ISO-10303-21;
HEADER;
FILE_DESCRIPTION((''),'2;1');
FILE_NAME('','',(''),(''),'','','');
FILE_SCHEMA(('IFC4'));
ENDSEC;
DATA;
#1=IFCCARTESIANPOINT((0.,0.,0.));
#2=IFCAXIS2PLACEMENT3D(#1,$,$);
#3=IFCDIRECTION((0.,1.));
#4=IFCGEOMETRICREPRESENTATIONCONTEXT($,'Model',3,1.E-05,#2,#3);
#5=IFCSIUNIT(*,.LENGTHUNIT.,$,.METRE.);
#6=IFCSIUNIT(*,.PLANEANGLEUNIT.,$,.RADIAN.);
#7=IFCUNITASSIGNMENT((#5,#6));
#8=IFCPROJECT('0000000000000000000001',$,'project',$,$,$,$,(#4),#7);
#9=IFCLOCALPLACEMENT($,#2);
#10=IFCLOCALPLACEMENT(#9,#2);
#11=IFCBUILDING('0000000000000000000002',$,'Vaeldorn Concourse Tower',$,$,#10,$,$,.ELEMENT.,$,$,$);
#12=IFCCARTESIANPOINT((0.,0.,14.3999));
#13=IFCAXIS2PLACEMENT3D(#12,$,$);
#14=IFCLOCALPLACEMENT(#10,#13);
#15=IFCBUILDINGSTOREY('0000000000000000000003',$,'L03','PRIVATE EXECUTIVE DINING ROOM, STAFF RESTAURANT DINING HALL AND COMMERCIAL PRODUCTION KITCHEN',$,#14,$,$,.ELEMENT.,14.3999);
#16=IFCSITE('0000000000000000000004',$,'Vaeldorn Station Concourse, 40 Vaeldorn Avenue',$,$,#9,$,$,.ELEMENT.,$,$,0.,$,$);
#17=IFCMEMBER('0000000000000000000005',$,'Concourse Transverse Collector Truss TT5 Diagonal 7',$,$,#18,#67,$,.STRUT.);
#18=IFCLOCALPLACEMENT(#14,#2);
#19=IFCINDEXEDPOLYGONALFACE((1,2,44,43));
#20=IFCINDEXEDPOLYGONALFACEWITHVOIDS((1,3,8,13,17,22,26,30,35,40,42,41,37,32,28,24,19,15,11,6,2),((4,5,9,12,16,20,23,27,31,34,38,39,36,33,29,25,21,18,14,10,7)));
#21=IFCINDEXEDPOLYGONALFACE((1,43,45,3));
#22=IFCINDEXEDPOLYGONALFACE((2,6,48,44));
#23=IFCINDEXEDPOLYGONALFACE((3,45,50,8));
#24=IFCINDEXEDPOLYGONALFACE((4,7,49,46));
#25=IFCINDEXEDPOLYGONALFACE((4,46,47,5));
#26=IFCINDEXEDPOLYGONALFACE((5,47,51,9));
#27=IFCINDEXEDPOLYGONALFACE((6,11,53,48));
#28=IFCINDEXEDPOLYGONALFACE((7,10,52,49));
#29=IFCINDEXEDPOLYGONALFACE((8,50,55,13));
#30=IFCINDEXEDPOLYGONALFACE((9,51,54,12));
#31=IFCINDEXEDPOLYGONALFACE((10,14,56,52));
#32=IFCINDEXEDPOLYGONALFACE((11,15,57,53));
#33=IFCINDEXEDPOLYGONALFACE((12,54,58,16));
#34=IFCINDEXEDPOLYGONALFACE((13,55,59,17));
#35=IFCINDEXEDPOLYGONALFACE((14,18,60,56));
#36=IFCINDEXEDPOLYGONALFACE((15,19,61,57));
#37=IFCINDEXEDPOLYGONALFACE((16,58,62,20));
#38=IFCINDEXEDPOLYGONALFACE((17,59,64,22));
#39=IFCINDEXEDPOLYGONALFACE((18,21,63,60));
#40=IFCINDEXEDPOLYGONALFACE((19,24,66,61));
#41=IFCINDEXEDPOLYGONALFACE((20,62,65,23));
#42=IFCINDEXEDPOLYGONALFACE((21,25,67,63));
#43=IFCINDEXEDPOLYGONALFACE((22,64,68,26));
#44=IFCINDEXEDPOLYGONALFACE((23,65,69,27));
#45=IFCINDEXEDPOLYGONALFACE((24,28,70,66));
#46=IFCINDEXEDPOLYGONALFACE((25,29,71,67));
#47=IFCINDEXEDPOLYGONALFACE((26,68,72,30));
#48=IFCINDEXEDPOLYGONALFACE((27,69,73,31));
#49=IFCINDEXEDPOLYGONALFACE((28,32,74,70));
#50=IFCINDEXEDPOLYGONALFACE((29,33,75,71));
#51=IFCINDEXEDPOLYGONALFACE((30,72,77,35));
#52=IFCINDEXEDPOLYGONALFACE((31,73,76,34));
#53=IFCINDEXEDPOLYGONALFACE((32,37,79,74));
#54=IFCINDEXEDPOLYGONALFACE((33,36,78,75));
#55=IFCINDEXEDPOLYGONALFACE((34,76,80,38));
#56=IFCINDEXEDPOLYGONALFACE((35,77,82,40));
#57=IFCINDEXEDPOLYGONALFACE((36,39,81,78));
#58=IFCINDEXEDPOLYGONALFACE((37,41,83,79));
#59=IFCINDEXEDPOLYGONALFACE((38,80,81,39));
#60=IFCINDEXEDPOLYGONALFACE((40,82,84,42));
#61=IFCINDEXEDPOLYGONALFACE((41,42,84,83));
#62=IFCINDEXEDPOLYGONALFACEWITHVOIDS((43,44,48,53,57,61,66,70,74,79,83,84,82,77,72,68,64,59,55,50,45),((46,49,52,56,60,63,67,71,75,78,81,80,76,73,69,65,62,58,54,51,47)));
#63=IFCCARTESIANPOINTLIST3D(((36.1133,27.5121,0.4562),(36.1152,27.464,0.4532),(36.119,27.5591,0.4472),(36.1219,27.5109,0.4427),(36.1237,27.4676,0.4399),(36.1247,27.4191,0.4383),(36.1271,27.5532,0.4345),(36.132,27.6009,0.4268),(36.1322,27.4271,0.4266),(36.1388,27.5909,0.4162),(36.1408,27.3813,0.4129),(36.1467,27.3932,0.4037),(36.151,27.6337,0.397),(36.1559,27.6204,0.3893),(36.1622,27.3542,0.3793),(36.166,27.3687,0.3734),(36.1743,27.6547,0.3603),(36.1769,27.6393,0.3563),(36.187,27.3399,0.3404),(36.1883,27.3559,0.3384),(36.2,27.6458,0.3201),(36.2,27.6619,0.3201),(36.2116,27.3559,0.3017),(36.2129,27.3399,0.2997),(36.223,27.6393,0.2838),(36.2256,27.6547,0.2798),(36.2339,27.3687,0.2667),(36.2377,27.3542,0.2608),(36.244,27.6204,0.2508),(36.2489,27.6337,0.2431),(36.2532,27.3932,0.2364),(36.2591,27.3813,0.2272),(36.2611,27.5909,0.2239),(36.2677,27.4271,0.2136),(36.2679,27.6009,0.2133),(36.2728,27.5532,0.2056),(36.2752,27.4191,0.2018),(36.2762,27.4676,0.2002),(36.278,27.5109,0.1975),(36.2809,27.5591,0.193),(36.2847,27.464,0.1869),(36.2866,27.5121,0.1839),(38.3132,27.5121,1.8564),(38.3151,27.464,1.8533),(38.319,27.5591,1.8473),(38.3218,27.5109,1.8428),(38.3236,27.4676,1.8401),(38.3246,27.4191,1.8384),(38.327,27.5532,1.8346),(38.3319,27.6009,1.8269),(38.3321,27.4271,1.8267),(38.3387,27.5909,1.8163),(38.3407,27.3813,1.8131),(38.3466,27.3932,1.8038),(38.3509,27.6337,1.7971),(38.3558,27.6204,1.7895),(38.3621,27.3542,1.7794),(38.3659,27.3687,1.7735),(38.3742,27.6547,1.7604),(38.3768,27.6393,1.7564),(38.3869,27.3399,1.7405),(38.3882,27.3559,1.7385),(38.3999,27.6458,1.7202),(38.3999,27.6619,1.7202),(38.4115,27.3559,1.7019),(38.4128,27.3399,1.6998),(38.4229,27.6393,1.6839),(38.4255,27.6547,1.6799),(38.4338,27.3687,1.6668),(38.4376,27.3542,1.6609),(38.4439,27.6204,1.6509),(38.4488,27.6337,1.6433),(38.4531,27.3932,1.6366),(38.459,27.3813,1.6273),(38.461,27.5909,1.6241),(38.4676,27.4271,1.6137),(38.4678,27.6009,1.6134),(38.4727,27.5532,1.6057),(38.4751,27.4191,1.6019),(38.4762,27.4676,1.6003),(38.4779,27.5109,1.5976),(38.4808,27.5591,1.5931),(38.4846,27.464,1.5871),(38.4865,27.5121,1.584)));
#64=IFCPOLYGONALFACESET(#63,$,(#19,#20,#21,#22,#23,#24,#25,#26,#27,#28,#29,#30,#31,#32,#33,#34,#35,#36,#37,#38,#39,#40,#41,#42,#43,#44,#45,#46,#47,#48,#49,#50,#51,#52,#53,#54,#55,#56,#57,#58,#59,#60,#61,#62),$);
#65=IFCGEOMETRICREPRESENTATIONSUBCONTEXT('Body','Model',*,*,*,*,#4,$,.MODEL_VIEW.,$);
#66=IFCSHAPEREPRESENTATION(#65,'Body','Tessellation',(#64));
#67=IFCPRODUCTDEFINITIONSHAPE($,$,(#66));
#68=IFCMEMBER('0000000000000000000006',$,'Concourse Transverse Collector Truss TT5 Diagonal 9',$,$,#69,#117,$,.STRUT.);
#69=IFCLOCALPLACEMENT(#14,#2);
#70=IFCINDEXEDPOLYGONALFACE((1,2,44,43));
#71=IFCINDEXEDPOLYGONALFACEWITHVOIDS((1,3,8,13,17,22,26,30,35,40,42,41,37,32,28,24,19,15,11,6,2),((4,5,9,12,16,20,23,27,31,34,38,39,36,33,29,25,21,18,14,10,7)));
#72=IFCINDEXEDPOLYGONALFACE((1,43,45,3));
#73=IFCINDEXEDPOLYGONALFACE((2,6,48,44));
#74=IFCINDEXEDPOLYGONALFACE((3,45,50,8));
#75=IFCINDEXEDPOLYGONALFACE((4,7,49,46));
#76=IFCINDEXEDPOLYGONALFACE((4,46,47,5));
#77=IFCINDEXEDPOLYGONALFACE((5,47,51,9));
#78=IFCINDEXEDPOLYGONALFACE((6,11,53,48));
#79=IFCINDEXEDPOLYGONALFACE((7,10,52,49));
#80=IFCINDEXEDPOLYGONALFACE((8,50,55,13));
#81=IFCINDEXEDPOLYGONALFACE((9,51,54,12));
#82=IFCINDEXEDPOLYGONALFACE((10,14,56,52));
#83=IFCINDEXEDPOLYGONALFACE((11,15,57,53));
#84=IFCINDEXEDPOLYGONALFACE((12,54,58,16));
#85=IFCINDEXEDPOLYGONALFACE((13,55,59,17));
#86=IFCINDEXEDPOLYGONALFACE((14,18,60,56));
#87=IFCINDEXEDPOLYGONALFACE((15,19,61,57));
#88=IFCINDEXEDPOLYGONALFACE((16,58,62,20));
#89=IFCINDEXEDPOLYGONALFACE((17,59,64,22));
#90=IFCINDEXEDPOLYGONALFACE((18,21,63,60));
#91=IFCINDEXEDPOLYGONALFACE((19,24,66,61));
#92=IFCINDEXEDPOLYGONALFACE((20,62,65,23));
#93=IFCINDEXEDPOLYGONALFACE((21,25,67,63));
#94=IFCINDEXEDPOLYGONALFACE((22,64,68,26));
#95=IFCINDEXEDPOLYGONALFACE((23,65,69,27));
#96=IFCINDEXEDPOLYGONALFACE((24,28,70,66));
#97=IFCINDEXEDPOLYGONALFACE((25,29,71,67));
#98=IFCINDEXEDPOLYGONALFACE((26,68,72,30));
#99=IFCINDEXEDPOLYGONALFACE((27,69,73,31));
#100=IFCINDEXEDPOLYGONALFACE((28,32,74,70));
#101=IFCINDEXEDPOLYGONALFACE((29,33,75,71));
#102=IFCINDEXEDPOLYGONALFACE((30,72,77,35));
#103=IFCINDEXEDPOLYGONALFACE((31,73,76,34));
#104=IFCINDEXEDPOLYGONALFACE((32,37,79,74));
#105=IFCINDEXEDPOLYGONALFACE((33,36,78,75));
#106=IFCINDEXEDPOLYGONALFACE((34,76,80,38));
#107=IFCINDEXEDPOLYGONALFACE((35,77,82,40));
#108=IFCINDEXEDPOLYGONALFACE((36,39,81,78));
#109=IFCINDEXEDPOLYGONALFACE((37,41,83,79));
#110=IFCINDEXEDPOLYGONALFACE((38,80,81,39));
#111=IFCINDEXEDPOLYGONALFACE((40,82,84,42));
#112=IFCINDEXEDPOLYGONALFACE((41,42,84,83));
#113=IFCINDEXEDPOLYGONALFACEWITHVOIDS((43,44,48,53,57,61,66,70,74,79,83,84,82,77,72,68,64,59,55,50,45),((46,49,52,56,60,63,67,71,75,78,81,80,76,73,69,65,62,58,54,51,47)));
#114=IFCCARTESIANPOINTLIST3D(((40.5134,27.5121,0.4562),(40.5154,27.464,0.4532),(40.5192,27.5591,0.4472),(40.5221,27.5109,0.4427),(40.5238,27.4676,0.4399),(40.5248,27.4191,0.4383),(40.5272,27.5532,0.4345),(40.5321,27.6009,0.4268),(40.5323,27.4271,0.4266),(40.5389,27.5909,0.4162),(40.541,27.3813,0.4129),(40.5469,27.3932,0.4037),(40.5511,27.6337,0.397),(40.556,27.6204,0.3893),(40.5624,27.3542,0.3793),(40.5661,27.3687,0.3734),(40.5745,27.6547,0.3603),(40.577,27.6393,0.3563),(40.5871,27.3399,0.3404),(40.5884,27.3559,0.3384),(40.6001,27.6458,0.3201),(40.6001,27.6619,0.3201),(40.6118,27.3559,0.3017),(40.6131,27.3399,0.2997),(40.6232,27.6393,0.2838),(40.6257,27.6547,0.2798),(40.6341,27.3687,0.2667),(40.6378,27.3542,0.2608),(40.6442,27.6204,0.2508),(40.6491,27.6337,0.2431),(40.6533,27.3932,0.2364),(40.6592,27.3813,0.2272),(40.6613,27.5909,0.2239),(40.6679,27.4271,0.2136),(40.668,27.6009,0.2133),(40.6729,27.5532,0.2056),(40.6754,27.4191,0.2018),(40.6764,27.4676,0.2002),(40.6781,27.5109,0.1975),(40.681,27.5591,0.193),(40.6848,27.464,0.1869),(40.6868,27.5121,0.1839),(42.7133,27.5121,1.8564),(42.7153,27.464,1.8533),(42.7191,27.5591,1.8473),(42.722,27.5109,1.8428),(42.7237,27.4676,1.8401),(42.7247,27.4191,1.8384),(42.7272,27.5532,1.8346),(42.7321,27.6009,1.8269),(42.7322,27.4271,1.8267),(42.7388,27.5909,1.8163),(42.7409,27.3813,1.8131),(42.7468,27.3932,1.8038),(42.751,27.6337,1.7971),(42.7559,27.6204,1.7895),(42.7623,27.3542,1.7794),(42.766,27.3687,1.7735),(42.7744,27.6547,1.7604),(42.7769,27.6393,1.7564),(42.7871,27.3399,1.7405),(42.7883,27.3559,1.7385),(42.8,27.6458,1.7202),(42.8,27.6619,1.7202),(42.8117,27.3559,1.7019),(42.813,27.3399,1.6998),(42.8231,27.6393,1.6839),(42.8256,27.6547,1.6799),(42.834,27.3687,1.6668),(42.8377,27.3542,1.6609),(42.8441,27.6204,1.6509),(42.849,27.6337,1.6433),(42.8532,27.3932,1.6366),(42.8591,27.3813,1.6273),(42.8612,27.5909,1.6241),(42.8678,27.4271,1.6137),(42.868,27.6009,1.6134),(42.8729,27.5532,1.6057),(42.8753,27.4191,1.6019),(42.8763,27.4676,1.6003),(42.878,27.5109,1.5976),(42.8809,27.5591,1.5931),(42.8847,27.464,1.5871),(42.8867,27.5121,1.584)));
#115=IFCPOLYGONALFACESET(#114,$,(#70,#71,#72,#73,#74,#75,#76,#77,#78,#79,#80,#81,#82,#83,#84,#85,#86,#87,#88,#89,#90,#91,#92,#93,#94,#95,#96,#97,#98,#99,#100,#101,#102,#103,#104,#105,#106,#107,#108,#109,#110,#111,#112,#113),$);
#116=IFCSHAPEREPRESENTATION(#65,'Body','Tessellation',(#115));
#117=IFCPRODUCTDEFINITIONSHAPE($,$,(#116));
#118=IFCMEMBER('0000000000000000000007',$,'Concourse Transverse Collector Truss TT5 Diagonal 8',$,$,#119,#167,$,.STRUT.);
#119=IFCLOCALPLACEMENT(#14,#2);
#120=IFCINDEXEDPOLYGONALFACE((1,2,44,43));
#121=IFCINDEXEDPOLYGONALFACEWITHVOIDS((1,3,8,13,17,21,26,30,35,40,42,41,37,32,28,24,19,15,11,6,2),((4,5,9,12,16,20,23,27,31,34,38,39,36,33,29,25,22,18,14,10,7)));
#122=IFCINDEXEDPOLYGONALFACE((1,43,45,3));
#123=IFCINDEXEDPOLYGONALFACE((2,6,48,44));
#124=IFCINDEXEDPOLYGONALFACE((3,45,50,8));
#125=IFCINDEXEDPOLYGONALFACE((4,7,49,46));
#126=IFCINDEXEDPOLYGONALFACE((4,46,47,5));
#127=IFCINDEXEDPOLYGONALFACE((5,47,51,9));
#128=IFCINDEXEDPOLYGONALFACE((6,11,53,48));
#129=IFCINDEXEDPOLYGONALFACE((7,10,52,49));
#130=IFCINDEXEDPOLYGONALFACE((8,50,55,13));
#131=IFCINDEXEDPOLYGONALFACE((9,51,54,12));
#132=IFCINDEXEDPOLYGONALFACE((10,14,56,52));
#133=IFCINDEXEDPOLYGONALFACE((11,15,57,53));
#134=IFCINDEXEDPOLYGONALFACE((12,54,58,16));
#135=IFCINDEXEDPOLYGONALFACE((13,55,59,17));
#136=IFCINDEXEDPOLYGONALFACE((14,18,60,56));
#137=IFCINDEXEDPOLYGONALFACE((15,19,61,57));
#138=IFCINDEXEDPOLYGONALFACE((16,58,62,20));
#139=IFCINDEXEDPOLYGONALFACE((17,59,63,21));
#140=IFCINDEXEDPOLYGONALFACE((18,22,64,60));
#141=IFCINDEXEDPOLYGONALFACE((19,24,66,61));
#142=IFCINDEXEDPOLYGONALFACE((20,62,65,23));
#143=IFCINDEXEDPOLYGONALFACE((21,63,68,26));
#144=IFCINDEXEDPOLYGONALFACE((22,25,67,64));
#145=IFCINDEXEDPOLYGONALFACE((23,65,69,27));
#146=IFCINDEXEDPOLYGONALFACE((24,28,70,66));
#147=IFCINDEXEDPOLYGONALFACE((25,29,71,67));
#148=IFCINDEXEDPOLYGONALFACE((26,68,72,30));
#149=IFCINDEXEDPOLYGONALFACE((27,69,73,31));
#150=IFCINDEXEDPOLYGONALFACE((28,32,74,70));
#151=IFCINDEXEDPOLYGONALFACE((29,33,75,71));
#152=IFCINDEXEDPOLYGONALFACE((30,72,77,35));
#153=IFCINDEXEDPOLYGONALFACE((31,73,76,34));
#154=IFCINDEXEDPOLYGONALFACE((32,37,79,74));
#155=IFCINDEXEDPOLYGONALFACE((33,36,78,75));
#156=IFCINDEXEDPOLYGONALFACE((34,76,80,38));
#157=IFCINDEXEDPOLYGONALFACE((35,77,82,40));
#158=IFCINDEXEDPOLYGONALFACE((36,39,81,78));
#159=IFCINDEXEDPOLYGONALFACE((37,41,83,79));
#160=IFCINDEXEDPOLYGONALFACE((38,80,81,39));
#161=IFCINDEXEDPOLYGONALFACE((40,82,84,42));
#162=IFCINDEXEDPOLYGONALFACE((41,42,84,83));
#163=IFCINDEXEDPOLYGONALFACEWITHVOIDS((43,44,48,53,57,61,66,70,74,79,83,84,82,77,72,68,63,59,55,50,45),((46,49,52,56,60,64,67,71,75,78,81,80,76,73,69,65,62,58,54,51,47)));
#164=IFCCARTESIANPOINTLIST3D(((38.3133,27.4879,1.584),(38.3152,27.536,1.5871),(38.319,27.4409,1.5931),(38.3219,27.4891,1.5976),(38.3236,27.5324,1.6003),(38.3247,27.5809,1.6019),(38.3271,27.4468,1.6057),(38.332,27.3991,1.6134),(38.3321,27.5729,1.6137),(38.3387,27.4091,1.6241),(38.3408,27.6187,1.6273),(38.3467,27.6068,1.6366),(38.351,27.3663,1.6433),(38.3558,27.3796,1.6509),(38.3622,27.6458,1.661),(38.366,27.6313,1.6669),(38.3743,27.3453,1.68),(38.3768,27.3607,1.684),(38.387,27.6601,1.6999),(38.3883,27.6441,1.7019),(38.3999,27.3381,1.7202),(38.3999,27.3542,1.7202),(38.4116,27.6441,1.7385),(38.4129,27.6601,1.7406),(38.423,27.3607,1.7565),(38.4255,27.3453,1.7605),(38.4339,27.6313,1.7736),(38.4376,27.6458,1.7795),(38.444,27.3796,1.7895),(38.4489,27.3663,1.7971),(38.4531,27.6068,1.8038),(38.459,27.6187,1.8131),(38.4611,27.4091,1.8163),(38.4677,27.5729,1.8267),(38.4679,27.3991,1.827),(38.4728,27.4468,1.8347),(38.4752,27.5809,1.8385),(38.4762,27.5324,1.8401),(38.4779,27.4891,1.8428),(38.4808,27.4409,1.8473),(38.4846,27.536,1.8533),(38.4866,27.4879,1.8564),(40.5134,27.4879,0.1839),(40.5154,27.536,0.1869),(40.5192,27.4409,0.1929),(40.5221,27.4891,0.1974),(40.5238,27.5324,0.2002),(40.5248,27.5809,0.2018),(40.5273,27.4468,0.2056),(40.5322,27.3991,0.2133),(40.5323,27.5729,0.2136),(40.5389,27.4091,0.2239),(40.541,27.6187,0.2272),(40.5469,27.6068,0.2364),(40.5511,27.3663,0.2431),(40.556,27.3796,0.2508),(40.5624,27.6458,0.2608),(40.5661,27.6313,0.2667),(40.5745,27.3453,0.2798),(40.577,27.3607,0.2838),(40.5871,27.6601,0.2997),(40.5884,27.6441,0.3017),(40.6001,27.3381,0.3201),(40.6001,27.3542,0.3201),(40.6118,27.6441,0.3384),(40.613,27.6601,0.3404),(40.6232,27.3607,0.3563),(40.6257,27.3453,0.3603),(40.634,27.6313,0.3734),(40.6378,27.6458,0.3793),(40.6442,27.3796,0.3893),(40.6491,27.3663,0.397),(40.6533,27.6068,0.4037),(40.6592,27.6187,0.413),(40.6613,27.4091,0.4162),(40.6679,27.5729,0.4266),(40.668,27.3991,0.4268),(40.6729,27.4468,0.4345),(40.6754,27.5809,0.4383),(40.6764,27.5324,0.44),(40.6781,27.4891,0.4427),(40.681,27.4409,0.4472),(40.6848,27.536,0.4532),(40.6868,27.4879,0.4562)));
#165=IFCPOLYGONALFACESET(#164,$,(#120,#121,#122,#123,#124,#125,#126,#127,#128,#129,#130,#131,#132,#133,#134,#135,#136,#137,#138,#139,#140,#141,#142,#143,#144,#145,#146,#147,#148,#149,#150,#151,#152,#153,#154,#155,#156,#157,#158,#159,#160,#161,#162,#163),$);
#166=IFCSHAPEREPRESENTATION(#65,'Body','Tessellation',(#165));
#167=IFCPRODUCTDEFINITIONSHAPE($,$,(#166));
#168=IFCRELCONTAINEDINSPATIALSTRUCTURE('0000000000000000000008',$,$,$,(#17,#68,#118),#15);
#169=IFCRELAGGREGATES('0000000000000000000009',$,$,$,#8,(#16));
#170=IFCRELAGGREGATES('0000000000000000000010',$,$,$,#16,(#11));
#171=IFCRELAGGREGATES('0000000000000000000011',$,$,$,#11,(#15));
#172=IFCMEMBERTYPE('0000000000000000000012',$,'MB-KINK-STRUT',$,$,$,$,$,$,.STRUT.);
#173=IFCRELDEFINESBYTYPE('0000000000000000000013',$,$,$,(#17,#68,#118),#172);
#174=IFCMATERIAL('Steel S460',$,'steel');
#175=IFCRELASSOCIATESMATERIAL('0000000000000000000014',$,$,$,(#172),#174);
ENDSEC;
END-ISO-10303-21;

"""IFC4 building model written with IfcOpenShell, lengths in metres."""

from ifc_helpers import new_model, si_unit, direction, frame, origin, origin_2d, place, context, subcontext, project, spatial, hollow_circle, extrude, source, transform, mapped, material, material_profile, profile_set, type_object, element, save


model = new_model("IFC4")

# Units and contexts
model_context = context("Model", 3, precision=1e-05, world=origin(), true_north=direction((0.0, 1.0)))
body_context = subcontext(model_context, "Body", "Model", "MODEL_VIEW")
ifc_project = project(units=[si_unit("LENGTHUNIT", "METRE"), si_unit("PLANEANGLEUNIT", "RADIAN")], contexts=[model_context])

# Site, building, storey
site_placement = place(None, origin())
site = spatial("IfcSite", under=ifc_project, at=site_placement, Name="Vaeldorn Station Concourse, 40 Vaeldorn Avenue", CompositionType="ELEMENT", RefElevation=0.0)
building_placement = place(site_placement, origin())
building = spatial("IfcBuilding", under=site, at=building_placement, Name="Vaeldorn Concourse Tower", CompositionType="ELEMENT")
storey_placement = place(building_placement, frame((0.0, 0.0, 14.3999)))
storey = spatial("IfcBuildingStorey", under=building, at=storey_placement, Name="L03", Description="PRIVATE EXECUTIVE DINING ROOM, STAFF RESTAURANT DINING HALL AND COMMERCIAL PRODUCTION KITCHEN", CompositionType="ELEMENT", Elevation=14.3999)

# Shared definitions
ifc_material = material(Name="Steel S460", Category="steel")

# Members
ifc_material_profile_1 = material_profile(ifc_material, hollow_circle(Radius=0.1619, WallThickness=0.0161, at=origin_2d()), Name="CHS 323.9x16")
ifc_profile_set_1 = profile_set([ifc_material_profile_1], Name="Steel S460")
member_type = type_object("IfcMemberType", Name="MB-KINK-STRUT", PredefinedType="STRUT", material=ifc_profile_set_1)
shared_shape_1 = source(origin(), body_context, "Body", "SweptSolid", [
    extrude(hollow_circle(Radius=0.1619, WallThickness=0.0161, at=origin_2d()), origin(), (0.0, 0.0, 1.0), 2.6077),
])
for number, where, z_axis, x_axis, name in (
    (1, (36.2, 27.5, 0.3201), (0.843631, 0.0, 0.536924), (0.0, 1.0, 0.0), "Concourse Transverse Collector Truss TT5 Diagonal 7"),
    (2, (40.6001, 27.5, 0.3201), (0.843631, 0.0, 0.536924), (0.0, 1.0, 0.0), "Concourse Transverse Collector Truss TT5 Diagonal 9"),
):
    element("IfcMember", number, at=place(storey_placement, frame(where, z_axis=z_axis, x_axis=x_axis)), inside=storey, type_object=member_type, Name=name, PredefinedType="STRUT", context=body_context, shape_type="MappedRepresentation", body=[
        mapped(shared_shape_1, transform((0.0, 0.0, 0.0), scale=1.0)),
    ])
shared_shape_2 = source(origin(), body_context, "Body", "SweptSolid", [
    extrude(hollow_circle(Radius=0.1619, WallThickness=0.0161, at=origin_2d()), origin(), (0.0, 0.0, 1.0), 2.6079),
])
member_1_placement = place(storey_placement, frame((40.6001, 27.5, 0.3201), z_axis=(-0.843658, 0.0, 0.536882), x_axis=(0.0, -1.0, 0.0)))
element("IfcMember", 3, at=member_1_placement, inside=storey, type_object=member_type, Name="Concourse Transverse Collector Truss TT5 Diagonal 8", PredefinedType="STRUT", context=body_context, shape_type="MappedRepresentation", body=[
    mapped(shared_shape_2, transform((0.0, 0.0, 0.0), scale=1.0)),
])

save(model, "model.ifc")
